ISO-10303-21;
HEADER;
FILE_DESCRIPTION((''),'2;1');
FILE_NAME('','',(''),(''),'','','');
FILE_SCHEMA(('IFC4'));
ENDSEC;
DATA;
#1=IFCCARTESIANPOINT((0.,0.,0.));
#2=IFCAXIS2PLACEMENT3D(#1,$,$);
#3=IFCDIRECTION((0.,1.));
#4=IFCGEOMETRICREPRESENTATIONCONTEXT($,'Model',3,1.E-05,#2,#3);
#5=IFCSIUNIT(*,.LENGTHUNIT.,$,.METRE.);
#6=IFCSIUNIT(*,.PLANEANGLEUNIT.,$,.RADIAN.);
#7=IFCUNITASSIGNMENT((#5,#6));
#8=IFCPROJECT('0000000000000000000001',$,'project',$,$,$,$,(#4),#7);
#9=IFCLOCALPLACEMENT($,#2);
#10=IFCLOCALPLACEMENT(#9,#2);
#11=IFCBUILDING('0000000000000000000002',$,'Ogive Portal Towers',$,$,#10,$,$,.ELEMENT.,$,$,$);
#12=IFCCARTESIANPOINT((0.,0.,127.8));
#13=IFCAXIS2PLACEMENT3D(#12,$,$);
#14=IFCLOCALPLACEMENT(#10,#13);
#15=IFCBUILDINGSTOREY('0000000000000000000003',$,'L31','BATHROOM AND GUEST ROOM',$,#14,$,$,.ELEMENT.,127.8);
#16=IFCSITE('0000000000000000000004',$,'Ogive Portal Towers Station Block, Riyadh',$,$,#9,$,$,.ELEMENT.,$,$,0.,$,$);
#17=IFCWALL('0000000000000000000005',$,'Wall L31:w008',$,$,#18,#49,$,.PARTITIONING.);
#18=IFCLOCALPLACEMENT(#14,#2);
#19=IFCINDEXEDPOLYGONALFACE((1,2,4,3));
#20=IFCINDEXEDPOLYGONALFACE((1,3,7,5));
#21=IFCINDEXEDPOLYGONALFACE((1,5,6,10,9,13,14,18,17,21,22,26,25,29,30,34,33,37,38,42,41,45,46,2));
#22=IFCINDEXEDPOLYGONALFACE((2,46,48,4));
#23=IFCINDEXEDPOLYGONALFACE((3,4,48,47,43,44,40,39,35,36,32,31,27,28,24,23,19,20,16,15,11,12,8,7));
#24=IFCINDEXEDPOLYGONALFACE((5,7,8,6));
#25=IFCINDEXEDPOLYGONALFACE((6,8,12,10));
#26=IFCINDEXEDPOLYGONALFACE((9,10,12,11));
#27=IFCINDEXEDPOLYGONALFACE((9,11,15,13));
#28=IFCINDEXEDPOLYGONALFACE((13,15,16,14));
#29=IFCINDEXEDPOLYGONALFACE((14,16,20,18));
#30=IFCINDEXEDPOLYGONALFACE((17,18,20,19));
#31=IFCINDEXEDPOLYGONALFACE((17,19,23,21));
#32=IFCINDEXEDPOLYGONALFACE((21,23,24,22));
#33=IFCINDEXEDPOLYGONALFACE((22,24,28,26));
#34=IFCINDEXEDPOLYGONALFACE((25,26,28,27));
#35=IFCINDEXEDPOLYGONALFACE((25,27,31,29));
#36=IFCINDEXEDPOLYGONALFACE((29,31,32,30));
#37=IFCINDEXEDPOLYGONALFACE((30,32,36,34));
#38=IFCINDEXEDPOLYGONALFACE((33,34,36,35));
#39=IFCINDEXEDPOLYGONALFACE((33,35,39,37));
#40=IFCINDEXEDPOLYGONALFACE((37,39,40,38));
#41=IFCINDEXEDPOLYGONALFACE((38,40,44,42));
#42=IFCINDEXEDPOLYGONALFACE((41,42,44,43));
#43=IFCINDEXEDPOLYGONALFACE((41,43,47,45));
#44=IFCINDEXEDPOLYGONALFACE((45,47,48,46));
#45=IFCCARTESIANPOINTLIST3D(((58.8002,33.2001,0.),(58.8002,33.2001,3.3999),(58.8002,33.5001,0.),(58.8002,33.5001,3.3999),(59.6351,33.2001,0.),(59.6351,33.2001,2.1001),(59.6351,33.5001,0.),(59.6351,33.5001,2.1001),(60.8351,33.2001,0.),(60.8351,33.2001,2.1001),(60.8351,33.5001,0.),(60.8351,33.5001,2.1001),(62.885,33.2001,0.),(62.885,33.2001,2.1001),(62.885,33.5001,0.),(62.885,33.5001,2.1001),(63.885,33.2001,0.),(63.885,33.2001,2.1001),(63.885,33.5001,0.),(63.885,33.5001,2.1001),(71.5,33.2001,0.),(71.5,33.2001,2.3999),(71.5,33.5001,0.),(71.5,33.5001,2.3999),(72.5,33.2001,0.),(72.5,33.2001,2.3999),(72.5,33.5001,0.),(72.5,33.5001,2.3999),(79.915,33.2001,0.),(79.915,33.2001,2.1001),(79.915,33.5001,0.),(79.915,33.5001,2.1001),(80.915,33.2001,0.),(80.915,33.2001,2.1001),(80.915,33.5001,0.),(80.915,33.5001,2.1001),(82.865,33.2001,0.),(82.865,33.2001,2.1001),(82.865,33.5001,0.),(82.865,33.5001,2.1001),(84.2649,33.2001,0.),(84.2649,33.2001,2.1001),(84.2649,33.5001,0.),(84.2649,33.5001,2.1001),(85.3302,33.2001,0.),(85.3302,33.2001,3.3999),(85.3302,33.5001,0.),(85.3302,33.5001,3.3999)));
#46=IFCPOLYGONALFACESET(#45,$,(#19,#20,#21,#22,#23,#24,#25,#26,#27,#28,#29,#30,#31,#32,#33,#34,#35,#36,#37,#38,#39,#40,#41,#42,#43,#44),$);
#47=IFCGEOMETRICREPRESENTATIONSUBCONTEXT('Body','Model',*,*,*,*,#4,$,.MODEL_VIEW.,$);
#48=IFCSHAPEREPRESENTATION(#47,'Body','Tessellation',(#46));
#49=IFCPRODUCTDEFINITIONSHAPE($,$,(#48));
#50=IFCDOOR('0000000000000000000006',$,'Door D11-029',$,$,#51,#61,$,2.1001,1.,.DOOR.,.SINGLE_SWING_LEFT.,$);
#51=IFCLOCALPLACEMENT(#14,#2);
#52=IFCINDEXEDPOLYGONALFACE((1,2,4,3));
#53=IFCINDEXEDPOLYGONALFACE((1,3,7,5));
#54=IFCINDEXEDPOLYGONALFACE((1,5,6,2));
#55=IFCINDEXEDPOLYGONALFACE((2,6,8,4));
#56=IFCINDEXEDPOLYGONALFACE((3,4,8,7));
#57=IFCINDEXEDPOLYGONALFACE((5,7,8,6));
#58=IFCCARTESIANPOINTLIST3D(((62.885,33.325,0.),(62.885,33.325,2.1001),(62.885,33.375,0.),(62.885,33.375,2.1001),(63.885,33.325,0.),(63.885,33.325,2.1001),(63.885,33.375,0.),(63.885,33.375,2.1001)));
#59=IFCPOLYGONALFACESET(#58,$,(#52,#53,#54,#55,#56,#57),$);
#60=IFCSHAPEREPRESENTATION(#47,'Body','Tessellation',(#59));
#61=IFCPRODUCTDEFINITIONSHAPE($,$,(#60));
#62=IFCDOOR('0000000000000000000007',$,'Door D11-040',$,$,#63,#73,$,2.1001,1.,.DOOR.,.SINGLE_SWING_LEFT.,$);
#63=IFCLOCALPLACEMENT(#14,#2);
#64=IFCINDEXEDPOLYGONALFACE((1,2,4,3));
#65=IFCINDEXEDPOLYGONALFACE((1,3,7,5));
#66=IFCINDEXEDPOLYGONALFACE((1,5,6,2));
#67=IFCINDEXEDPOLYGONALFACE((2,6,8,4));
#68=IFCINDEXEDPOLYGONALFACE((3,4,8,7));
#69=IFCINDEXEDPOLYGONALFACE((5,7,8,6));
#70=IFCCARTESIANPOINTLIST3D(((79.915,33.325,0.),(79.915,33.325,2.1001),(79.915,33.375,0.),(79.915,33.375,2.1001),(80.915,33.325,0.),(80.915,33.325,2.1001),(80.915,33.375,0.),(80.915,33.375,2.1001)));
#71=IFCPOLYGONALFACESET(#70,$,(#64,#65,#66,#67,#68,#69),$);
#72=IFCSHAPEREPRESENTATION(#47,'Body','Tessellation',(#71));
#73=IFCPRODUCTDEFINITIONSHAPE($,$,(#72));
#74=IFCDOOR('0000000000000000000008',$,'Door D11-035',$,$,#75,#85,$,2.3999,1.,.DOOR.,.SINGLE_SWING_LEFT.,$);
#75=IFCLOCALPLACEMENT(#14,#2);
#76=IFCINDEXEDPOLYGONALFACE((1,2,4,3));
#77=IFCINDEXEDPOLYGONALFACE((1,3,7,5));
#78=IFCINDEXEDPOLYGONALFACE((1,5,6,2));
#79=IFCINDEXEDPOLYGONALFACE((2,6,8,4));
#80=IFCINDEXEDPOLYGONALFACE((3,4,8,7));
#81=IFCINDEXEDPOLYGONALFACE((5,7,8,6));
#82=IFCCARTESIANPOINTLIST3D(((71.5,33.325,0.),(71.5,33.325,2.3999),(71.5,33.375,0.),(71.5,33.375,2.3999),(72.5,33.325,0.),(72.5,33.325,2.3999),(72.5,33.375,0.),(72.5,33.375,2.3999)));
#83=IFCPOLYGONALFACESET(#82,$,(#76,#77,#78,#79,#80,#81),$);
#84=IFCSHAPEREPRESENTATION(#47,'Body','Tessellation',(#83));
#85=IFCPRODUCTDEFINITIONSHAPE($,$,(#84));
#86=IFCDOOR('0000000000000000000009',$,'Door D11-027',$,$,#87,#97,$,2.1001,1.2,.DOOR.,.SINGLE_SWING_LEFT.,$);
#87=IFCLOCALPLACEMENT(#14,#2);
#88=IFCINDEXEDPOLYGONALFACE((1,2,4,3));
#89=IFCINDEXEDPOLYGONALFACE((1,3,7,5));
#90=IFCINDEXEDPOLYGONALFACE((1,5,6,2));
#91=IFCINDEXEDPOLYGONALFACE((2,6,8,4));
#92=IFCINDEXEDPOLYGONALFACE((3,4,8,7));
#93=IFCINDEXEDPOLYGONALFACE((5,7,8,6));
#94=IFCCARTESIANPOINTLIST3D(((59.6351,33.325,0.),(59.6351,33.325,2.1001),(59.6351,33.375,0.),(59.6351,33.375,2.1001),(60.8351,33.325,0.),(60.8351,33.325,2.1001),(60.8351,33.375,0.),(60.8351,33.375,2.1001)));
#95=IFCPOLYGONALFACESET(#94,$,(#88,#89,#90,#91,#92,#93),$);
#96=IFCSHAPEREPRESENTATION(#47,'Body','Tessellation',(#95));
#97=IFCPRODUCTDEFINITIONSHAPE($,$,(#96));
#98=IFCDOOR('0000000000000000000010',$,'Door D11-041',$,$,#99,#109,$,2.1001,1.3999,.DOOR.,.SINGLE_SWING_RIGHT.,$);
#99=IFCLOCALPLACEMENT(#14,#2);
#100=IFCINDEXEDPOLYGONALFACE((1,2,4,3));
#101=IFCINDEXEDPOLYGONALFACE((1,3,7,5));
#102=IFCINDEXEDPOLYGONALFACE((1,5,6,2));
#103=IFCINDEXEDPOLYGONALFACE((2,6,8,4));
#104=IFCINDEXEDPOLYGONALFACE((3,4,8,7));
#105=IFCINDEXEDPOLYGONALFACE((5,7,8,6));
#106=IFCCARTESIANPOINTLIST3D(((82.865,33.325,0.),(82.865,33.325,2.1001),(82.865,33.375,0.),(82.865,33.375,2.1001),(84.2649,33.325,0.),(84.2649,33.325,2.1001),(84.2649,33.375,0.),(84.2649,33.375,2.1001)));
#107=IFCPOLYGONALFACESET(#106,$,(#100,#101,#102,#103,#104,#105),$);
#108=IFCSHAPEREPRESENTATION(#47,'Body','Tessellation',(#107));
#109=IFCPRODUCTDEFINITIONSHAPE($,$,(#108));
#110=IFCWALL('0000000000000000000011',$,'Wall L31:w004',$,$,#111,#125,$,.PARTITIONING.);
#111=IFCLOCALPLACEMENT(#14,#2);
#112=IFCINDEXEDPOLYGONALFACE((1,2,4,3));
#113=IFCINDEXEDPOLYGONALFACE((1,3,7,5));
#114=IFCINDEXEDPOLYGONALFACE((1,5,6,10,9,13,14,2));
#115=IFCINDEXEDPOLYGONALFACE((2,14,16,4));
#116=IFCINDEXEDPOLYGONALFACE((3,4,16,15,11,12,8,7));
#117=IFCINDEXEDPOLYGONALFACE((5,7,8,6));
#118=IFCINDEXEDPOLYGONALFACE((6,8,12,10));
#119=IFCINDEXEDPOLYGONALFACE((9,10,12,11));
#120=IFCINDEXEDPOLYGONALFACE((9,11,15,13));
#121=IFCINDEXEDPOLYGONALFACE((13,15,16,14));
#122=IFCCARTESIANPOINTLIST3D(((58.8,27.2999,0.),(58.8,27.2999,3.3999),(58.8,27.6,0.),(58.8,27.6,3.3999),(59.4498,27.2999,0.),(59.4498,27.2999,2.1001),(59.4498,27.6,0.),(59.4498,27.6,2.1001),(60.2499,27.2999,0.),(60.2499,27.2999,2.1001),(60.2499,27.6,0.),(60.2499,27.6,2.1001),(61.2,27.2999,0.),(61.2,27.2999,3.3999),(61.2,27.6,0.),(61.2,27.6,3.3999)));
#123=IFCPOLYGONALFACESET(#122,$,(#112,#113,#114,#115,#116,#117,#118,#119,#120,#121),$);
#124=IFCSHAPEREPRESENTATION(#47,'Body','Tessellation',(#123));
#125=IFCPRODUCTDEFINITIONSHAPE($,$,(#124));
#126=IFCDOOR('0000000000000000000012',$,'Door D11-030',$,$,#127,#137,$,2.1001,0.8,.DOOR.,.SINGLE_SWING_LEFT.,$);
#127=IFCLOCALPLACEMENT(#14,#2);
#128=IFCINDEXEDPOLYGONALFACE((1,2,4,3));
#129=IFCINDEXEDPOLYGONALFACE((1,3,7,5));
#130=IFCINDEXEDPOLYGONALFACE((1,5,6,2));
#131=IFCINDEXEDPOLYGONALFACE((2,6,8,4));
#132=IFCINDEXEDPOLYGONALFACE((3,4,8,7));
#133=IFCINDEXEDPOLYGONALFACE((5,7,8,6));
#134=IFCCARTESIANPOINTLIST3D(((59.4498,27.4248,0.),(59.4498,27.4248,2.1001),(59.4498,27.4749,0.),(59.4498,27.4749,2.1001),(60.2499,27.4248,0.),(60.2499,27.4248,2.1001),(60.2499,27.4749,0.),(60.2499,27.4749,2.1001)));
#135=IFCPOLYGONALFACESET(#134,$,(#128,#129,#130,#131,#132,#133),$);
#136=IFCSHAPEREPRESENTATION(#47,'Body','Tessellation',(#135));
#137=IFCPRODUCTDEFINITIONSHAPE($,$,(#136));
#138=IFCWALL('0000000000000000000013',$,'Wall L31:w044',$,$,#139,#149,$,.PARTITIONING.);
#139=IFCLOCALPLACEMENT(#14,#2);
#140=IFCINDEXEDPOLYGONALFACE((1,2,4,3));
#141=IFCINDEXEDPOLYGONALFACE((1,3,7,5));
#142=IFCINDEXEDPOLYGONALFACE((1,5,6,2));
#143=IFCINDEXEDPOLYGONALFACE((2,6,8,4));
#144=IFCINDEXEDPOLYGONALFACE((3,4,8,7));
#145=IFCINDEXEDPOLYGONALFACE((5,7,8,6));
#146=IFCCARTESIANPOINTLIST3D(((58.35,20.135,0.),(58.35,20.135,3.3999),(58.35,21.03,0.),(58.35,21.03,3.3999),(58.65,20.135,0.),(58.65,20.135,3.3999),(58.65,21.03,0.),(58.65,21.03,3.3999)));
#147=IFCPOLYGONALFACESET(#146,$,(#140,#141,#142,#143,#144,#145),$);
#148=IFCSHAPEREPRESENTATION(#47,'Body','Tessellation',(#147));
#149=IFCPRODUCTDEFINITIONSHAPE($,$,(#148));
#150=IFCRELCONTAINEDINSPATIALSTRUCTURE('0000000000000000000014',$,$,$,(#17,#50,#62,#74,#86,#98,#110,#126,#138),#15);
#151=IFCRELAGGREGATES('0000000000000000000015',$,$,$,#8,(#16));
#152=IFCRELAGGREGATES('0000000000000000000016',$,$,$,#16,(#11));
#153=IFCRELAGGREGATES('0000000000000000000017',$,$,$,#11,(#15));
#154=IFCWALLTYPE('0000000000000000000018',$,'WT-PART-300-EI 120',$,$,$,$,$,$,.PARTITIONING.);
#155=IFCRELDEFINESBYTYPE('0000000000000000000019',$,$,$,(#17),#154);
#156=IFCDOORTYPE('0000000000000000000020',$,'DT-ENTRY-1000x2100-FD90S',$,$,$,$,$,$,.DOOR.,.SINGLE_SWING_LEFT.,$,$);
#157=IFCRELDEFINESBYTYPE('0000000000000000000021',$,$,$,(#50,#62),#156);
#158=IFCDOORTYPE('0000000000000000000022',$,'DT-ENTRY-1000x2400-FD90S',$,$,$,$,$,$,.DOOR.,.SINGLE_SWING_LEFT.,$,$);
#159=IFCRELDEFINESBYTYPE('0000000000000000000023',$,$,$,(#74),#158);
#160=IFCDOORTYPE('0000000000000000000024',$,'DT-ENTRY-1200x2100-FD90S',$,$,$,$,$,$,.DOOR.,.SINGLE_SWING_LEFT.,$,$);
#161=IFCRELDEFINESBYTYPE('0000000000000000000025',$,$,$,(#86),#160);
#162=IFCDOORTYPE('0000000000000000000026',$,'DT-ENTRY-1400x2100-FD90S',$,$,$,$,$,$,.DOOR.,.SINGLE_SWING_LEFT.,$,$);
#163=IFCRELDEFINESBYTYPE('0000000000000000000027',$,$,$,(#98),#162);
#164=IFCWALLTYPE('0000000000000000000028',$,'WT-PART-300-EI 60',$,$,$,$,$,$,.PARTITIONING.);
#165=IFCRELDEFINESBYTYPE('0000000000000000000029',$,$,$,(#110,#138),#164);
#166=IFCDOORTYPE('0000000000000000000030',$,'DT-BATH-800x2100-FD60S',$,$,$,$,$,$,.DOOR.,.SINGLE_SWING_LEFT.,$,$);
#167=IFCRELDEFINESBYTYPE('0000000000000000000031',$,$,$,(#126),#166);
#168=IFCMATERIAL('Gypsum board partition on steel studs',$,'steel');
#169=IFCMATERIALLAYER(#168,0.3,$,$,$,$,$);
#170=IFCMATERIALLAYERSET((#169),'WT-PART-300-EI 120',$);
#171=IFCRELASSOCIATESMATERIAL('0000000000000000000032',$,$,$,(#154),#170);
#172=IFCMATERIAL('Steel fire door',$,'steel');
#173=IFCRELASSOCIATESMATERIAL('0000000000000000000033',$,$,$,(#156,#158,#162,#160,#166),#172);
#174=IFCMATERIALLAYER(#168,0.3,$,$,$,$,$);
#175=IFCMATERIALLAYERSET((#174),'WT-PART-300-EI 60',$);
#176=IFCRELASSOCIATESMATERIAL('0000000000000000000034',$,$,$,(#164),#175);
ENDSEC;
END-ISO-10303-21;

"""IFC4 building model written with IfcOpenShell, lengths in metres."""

from ifc_helpers import new_model, si_unit, direction, frame, frame_2d, origin, place, context, subcontext, project, spatial, rectangle, extrude, material, layer, layer_set, type_object, element, fill, save


model = new_model("IFC4")

# Units and contexts
model_context = context("Model", 3, precision=1e-05, world=origin(), true_north=direction((0.0, 1.0)))
body_context = subcontext(model_context, "Body", "Model", "MODEL_VIEW")
ifc_project = project(units=[si_unit("LENGTHUNIT", "METRE"), si_unit("PLANEANGLEUNIT", "RADIAN")], contexts=[model_context])

# Site, building, storey
site_placement = place(None, origin())
site = spatial("IfcSite", under=ifc_project, at=site_placement, Name="Ogive Portal Towers Station Block, Riyadh", CompositionType="ELEMENT", RefElevation=0.0)
building_placement = place(site_placement, origin())
building = spatial("IfcBuilding", under=site, at=building_placement, Name="Ogive Portal Towers", CompositionType="ELEMENT")
storey_placement = place(building_placement, frame((0.0, 0.0, 127.8)))
storey = spatial("IfcBuildingStorey", under=building, at=storey_placement, Name="L31", Description="BATHROOM AND GUEST ROOM", CompositionType="ELEMENT", Elevation=127.8)

# Shared definitions
ifc_material_1 = material(Name="Steel fire door", Category="steel")
ifc_material_2 = material(Name="Gypsum board partition on steel studs", Category="steel")

# Wall, openings, doors
ifc_layer_1 = layer(ifc_material_2, 0.3)
ifc_layer_set_1 = layer_set([ifc_layer_1], Name="WT-PART-300-EI 120")
wall_type_1 = type_object("IfcWallType", Name="WT-PART-300-EI 120", PredefinedType="PARTITIONING", material=ifc_layer_set_1)
door_type_1 = type_object("IfcDoorType", Name="DT-ENTRY-1000x2100-FD90S", OperationType="SINGLE_SWING_LEFT", PredefinedType="DOOR", material=ifc_material_1)
door_type_2 = type_object("IfcDoorType", Name="DT-ENTRY-1000x2400-FD90S", OperationType="SINGLE_SWING_LEFT", PredefinedType="DOOR", material=ifc_material_1)
door_type_3 = type_object("IfcDoorType", Name="DT-ENTRY-1400x2100-FD90S", OperationType="SINGLE_SWING_LEFT", PredefinedType="DOOR", material=ifc_material_1)
wall_1_placement = place(storey_placement, frame((58.8, 33.3501, 0.0), z_axis=(0.0, 0.0, 1.0), x_axis=(1.0, 0.0, 0.0)))
wall_1 = element("IfcWall", 1, at=wall_1_placement, inside=storey, type_object=wall_type_1, Name="Wall L31:w008", PredefinedType="PARTITIONING", context=body_context, shape_type="SweptSolid", body=[
    extrude(rectangle(XDim=26.53, YDim=0.3, at=frame_2d((13.2651, 0.0))), origin(), (0.0, 0.0, 1.0), 3.3999),
])
opening_1_placement = place(wall_1_placement, frame((0.835, 0.0, 0.0)))
opening_1 = element("IfcOpeningElement", 2, at=opening_1_placement, cuts=wall_1, PredefinedType="OPENING", context=body_context, shape_type="SweptSolid", body=[
    extrude(rectangle(XDim=1.2, YDim=2.1001, at=frame_2d((0.6001, 1.05))), frame((0.0, 0.1602, 0.0), z_axis=(0.0, -1.0, 0.0), x_axis=(1.0, 0.0, 0.0)), (0.0, 0.0, 1.0), 0.3201),
])
opening_2_placement = place(wall_1_placement, frame((4.085, 0.0, 0.0)))
opening_2 = element("IfcOpeningElement", 3, at=opening_2_placement, cuts=wall_1, PredefinedType="OPENING", context=body_context, shape_type="SweptSolid", body=[
    extrude(rectangle(XDim=1.0, YDim=2.1001, at=frame_2d((0.5, 1.05))), frame((0.0, 0.1602, 0.0), z_axis=(0.0, -1.0, 0.0), x_axis=(1.0, 0.0, 0.0)), (0.0, 0.0, 1.0), 0.3201),
])
opening_3_placement = place(wall_1_placement, frame((12.7, 0.0, 0.0)))
opening_3 = element("IfcOpeningElement", 4, at=opening_3_placement, cuts=wall_1, PredefinedType="OPENING", context=body_context, shape_type="SweptSolid", body=[
    extrude(rectangle(XDim=1.0, YDim=2.3999, at=frame_2d((0.5, 1.2))), frame((0.0, 0.1602, 0.0), z_axis=(0.0, -1.0, 0.0), x_axis=(1.0, 0.0, 0.0)), (0.0, 0.0, 1.0), 0.3201),
])
opening_4_placement = place(wall_1_placement, frame((21.115, 0.0, 0.0)))
opening_4 = element("IfcOpeningElement", 5, at=opening_4_placement, cuts=wall_1, PredefinedType="OPENING", context=body_context, shape_type="SweptSolid", body=[
    extrude(rectangle(XDim=1.0, YDim=2.1001, at=frame_2d((0.5, 1.05))), frame((0.0, 0.1602, 0.0), z_axis=(0.0, -1.0, 0.0), x_axis=(1.0, 0.0, 0.0)), (0.0, 0.0, 1.0), 0.3201),
])
opening_5_placement = place(wall_1_placement, frame((24.0649, 0.0, 0.0)))
opening_5 = element("IfcOpeningElement", 6, at=opening_5_placement, cuts=wall_1, PredefinedType="OPENING", context=body_context, shape_type="SweptSolid", body=[
    extrude(rectangle(XDim=1.3999, YDim=2.1001, at=frame_2d((0.7, 1.05))), frame((0.0, 0.1602, 0.0), z_axis=(0.0, -1.0, 0.0), x_axis=(1.0, 0.0, 0.0)), (0.0, 0.0, 1.0), 0.3201),
])
door_1_placement = place(opening_2_placement, origin())
door_1 = element("IfcDoor", 7, at=door_1_placement, inside=storey, type_object=door_type_1, Name="Door D11-029", OperationType="SINGLE_SWING_LEFT", OverallHeight=2.1001, OverallWidth=1.0, PredefinedType="DOOR", context=body_context, shape_type="SweptSolid", body=[
    extrude(rectangle(XDim=1.0, YDim=2.1001, at=frame_2d((0.5, 1.05))), frame((0.0, 0.0249, 0.0), z_axis=(0.0, -1.0, 0.0), x_axis=(1.0, 0.0, 0.0)), (0.0, 0.0, 1.0), 0.05),
])
fill(opening_2, door_1)
door_2_placement = place(opening_4_placement, origin())
door_2 = element("IfcDoor", 8, at=door_2_placement, inside=storey, type_object=door_type_1, Name="Door D11-040", OperationType="SINGLE_SWING_LEFT", OverallHeight=2.1001, OverallWidth=1.0, PredefinedType="DOOR", context=body_context, shape_type="SweptSolid", body=[
    extrude(rectangle(XDim=1.0, YDim=2.1001, at=frame_2d((0.5, 1.05))), frame((0.0, 0.0249, 0.0), z_axis=(0.0, -1.0, 0.0), x_axis=(1.0, 0.0, 0.0)), (0.0, 0.0, 1.0), 0.05),
])
fill(opening_4, door_2)
door_3_placement = place(opening_3_placement, origin())
door_3 = element("IfcDoor", 9, at=door_3_placement, inside=storey, type_object=door_type_2, Name="Door D11-035", OperationType="SINGLE_SWING_LEFT", OverallHeight=2.3999, OverallWidth=1.0, PredefinedType="DOOR", context=body_context, shape_type="SweptSolid", body=[
    extrude(rectangle(XDim=1.0, YDim=2.3999, at=frame_2d((0.5, 1.2))), frame((0.0, 0.0249, 0.0), z_axis=(0.0, -1.0, 0.0), x_axis=(1.0, 0.0, 0.0)), (0.0, 0.0, 1.0), 0.05),
])
fill(opening_3, door_3)
door_type_4 = type_object("IfcDoorType", Name="DT-ENTRY-1200x2100-FD90S", OperationType="SINGLE_SWING_LEFT", PredefinedType="DOOR", material=ifc_material_1)
door_4_placement = place(opening_1_placement, origin())
door_4 = element("IfcDoor", 10, at=door_4_placement, inside=storey, type_object=door_type_4, Name="Door D11-027", OperationType="SINGLE_SWING_LEFT", OverallHeight=2.1001, OverallWidth=1.2, PredefinedType="DOOR", context=body_context, shape_type="SweptSolid", body=[
    extrude(rectangle(XDim=1.2, YDim=2.1001, at=frame_2d((0.6001, 1.05))), frame((0.0, 0.0249, 0.0), z_axis=(0.0, -1.0, 0.0), x_axis=(1.0, 0.0, 0.0)), (0.0, 0.0, 1.0), 0.05),
])
fill(opening_1, door_4)
door_5_placement = place(opening_5_placement, origin())
door_5 = element("IfcDoor", 11, at=door_5_placement, inside=storey, type_object=door_type_3, Name="Door D11-041", OperationType="SINGLE_SWING_RIGHT", OverallHeight=2.1001, OverallWidth=1.3999, PredefinedType="DOOR", context=body_context, shape_type="SweptSolid", body=[
    extrude(rectangle(XDim=1.3999, YDim=2.1001, at=frame_2d((0.7, 1.05))), frame((0.0, 0.0249, 0.0), z_axis=(0.0, -1.0, 0.0), x_axis=(1.0, 0.0, 0.0)), (0.0, 0.0, 1.0), 0.05),
])
fill(opening_5, door_5)

# Wall, opening, door
ifc_layer_2 = layer(ifc_material_2, 0.3)
ifc_layer_set_2 = layer_set([ifc_layer_2], Name="WT-PART-300-EI 60")
wall_type_2 = type_object("IfcWallType", Name="WT-PART-300-EI 60", PredefinedType="PARTITIONING", material=ifc_layer_set_2)
wall_2_placement = place(storey_placement, frame((58.8, 27.45, 0.0), z_axis=(0.0, 0.0, 1.0), x_axis=(1.0, 0.0, 0.0)))
wall_2 = element("IfcWall", 12, at=wall_2_placement, inside=storey, type_object=wall_type_2, Name="Wall L31:w004", PredefinedType="PARTITIONING", context=body_context, shape_type="SweptSolid", body=[
    extrude(rectangle(XDim=2.3999, YDim=0.3, at=frame_2d((1.2, 0.0))), origin(), (0.0, 0.0, 1.0), 3.3999),
])
opening_6_placement = place(wall_2_placement, frame((0.6499, 0.0, 0.0)))
opening_6 = element("IfcOpeningElement", 13, at=opening_6_placement, cuts=wall_2, PredefinedType="OPENING", context=body_context, shape_type="SweptSolid", body=[
    extrude(rectangle(XDim=0.8, YDim=2.1001, at=frame_2d((0.3999, 1.05))), frame((0.0, 0.1602, 0.0), z_axis=(0.0, -1.0, 0.0), x_axis=(1.0, 0.0, 0.0)), (0.0, 0.0, 1.0), 0.3201),
])
door_type_5 = type_object("IfcDoorType", Name="DT-BATH-800x2100-FD60S", OperationType="SINGLE_SWING_LEFT", PredefinedType="DOOR", material=ifc_material_1)
door_6_placement = place(opening_6_placement, origin())
door_6 = element("IfcDoor", 14, at=door_6_placement, inside=storey, type_object=door_type_5, Name="Door D11-030", OperationType="SINGLE_SWING_LEFT", OverallHeight=2.1001, OverallWidth=0.8, PredefinedType="DOOR", context=body_context, shape_type="SweptSolid", body=[
    extrude(rectangle(XDim=0.8, YDim=2.1001, at=frame_2d((0.3999, 1.05))), frame((0.0, 0.0249, 0.0), z_axis=(0.0, -1.0, 0.0), x_axis=(1.0, 0.0, 0.0)), (0.0, 0.0, 1.0), 0.05),
])
fill(opening_6, door_6)

# Wall
wall_3_placement = place(storey_placement, frame((58.5, 20.135, 0.0), z_axis=(0.0, 0.0, 1.0), x_axis=(0.0, 1.0, 0.0)))
element("IfcWall", 15, at=wall_3_placement, inside=storey, type_object=wall_type_2, Name="Wall L31:w044", PredefinedType="PARTITIONING", context=body_context, shape_type="SweptSolid", body=[
    extrude(rectangle(XDim=0.895, YDim=0.3, at=frame_2d((0.4475, 0.0))), origin(), (0.0, 0.0, 1.0), 3.3999),
])

save(model, "model.ifc")
